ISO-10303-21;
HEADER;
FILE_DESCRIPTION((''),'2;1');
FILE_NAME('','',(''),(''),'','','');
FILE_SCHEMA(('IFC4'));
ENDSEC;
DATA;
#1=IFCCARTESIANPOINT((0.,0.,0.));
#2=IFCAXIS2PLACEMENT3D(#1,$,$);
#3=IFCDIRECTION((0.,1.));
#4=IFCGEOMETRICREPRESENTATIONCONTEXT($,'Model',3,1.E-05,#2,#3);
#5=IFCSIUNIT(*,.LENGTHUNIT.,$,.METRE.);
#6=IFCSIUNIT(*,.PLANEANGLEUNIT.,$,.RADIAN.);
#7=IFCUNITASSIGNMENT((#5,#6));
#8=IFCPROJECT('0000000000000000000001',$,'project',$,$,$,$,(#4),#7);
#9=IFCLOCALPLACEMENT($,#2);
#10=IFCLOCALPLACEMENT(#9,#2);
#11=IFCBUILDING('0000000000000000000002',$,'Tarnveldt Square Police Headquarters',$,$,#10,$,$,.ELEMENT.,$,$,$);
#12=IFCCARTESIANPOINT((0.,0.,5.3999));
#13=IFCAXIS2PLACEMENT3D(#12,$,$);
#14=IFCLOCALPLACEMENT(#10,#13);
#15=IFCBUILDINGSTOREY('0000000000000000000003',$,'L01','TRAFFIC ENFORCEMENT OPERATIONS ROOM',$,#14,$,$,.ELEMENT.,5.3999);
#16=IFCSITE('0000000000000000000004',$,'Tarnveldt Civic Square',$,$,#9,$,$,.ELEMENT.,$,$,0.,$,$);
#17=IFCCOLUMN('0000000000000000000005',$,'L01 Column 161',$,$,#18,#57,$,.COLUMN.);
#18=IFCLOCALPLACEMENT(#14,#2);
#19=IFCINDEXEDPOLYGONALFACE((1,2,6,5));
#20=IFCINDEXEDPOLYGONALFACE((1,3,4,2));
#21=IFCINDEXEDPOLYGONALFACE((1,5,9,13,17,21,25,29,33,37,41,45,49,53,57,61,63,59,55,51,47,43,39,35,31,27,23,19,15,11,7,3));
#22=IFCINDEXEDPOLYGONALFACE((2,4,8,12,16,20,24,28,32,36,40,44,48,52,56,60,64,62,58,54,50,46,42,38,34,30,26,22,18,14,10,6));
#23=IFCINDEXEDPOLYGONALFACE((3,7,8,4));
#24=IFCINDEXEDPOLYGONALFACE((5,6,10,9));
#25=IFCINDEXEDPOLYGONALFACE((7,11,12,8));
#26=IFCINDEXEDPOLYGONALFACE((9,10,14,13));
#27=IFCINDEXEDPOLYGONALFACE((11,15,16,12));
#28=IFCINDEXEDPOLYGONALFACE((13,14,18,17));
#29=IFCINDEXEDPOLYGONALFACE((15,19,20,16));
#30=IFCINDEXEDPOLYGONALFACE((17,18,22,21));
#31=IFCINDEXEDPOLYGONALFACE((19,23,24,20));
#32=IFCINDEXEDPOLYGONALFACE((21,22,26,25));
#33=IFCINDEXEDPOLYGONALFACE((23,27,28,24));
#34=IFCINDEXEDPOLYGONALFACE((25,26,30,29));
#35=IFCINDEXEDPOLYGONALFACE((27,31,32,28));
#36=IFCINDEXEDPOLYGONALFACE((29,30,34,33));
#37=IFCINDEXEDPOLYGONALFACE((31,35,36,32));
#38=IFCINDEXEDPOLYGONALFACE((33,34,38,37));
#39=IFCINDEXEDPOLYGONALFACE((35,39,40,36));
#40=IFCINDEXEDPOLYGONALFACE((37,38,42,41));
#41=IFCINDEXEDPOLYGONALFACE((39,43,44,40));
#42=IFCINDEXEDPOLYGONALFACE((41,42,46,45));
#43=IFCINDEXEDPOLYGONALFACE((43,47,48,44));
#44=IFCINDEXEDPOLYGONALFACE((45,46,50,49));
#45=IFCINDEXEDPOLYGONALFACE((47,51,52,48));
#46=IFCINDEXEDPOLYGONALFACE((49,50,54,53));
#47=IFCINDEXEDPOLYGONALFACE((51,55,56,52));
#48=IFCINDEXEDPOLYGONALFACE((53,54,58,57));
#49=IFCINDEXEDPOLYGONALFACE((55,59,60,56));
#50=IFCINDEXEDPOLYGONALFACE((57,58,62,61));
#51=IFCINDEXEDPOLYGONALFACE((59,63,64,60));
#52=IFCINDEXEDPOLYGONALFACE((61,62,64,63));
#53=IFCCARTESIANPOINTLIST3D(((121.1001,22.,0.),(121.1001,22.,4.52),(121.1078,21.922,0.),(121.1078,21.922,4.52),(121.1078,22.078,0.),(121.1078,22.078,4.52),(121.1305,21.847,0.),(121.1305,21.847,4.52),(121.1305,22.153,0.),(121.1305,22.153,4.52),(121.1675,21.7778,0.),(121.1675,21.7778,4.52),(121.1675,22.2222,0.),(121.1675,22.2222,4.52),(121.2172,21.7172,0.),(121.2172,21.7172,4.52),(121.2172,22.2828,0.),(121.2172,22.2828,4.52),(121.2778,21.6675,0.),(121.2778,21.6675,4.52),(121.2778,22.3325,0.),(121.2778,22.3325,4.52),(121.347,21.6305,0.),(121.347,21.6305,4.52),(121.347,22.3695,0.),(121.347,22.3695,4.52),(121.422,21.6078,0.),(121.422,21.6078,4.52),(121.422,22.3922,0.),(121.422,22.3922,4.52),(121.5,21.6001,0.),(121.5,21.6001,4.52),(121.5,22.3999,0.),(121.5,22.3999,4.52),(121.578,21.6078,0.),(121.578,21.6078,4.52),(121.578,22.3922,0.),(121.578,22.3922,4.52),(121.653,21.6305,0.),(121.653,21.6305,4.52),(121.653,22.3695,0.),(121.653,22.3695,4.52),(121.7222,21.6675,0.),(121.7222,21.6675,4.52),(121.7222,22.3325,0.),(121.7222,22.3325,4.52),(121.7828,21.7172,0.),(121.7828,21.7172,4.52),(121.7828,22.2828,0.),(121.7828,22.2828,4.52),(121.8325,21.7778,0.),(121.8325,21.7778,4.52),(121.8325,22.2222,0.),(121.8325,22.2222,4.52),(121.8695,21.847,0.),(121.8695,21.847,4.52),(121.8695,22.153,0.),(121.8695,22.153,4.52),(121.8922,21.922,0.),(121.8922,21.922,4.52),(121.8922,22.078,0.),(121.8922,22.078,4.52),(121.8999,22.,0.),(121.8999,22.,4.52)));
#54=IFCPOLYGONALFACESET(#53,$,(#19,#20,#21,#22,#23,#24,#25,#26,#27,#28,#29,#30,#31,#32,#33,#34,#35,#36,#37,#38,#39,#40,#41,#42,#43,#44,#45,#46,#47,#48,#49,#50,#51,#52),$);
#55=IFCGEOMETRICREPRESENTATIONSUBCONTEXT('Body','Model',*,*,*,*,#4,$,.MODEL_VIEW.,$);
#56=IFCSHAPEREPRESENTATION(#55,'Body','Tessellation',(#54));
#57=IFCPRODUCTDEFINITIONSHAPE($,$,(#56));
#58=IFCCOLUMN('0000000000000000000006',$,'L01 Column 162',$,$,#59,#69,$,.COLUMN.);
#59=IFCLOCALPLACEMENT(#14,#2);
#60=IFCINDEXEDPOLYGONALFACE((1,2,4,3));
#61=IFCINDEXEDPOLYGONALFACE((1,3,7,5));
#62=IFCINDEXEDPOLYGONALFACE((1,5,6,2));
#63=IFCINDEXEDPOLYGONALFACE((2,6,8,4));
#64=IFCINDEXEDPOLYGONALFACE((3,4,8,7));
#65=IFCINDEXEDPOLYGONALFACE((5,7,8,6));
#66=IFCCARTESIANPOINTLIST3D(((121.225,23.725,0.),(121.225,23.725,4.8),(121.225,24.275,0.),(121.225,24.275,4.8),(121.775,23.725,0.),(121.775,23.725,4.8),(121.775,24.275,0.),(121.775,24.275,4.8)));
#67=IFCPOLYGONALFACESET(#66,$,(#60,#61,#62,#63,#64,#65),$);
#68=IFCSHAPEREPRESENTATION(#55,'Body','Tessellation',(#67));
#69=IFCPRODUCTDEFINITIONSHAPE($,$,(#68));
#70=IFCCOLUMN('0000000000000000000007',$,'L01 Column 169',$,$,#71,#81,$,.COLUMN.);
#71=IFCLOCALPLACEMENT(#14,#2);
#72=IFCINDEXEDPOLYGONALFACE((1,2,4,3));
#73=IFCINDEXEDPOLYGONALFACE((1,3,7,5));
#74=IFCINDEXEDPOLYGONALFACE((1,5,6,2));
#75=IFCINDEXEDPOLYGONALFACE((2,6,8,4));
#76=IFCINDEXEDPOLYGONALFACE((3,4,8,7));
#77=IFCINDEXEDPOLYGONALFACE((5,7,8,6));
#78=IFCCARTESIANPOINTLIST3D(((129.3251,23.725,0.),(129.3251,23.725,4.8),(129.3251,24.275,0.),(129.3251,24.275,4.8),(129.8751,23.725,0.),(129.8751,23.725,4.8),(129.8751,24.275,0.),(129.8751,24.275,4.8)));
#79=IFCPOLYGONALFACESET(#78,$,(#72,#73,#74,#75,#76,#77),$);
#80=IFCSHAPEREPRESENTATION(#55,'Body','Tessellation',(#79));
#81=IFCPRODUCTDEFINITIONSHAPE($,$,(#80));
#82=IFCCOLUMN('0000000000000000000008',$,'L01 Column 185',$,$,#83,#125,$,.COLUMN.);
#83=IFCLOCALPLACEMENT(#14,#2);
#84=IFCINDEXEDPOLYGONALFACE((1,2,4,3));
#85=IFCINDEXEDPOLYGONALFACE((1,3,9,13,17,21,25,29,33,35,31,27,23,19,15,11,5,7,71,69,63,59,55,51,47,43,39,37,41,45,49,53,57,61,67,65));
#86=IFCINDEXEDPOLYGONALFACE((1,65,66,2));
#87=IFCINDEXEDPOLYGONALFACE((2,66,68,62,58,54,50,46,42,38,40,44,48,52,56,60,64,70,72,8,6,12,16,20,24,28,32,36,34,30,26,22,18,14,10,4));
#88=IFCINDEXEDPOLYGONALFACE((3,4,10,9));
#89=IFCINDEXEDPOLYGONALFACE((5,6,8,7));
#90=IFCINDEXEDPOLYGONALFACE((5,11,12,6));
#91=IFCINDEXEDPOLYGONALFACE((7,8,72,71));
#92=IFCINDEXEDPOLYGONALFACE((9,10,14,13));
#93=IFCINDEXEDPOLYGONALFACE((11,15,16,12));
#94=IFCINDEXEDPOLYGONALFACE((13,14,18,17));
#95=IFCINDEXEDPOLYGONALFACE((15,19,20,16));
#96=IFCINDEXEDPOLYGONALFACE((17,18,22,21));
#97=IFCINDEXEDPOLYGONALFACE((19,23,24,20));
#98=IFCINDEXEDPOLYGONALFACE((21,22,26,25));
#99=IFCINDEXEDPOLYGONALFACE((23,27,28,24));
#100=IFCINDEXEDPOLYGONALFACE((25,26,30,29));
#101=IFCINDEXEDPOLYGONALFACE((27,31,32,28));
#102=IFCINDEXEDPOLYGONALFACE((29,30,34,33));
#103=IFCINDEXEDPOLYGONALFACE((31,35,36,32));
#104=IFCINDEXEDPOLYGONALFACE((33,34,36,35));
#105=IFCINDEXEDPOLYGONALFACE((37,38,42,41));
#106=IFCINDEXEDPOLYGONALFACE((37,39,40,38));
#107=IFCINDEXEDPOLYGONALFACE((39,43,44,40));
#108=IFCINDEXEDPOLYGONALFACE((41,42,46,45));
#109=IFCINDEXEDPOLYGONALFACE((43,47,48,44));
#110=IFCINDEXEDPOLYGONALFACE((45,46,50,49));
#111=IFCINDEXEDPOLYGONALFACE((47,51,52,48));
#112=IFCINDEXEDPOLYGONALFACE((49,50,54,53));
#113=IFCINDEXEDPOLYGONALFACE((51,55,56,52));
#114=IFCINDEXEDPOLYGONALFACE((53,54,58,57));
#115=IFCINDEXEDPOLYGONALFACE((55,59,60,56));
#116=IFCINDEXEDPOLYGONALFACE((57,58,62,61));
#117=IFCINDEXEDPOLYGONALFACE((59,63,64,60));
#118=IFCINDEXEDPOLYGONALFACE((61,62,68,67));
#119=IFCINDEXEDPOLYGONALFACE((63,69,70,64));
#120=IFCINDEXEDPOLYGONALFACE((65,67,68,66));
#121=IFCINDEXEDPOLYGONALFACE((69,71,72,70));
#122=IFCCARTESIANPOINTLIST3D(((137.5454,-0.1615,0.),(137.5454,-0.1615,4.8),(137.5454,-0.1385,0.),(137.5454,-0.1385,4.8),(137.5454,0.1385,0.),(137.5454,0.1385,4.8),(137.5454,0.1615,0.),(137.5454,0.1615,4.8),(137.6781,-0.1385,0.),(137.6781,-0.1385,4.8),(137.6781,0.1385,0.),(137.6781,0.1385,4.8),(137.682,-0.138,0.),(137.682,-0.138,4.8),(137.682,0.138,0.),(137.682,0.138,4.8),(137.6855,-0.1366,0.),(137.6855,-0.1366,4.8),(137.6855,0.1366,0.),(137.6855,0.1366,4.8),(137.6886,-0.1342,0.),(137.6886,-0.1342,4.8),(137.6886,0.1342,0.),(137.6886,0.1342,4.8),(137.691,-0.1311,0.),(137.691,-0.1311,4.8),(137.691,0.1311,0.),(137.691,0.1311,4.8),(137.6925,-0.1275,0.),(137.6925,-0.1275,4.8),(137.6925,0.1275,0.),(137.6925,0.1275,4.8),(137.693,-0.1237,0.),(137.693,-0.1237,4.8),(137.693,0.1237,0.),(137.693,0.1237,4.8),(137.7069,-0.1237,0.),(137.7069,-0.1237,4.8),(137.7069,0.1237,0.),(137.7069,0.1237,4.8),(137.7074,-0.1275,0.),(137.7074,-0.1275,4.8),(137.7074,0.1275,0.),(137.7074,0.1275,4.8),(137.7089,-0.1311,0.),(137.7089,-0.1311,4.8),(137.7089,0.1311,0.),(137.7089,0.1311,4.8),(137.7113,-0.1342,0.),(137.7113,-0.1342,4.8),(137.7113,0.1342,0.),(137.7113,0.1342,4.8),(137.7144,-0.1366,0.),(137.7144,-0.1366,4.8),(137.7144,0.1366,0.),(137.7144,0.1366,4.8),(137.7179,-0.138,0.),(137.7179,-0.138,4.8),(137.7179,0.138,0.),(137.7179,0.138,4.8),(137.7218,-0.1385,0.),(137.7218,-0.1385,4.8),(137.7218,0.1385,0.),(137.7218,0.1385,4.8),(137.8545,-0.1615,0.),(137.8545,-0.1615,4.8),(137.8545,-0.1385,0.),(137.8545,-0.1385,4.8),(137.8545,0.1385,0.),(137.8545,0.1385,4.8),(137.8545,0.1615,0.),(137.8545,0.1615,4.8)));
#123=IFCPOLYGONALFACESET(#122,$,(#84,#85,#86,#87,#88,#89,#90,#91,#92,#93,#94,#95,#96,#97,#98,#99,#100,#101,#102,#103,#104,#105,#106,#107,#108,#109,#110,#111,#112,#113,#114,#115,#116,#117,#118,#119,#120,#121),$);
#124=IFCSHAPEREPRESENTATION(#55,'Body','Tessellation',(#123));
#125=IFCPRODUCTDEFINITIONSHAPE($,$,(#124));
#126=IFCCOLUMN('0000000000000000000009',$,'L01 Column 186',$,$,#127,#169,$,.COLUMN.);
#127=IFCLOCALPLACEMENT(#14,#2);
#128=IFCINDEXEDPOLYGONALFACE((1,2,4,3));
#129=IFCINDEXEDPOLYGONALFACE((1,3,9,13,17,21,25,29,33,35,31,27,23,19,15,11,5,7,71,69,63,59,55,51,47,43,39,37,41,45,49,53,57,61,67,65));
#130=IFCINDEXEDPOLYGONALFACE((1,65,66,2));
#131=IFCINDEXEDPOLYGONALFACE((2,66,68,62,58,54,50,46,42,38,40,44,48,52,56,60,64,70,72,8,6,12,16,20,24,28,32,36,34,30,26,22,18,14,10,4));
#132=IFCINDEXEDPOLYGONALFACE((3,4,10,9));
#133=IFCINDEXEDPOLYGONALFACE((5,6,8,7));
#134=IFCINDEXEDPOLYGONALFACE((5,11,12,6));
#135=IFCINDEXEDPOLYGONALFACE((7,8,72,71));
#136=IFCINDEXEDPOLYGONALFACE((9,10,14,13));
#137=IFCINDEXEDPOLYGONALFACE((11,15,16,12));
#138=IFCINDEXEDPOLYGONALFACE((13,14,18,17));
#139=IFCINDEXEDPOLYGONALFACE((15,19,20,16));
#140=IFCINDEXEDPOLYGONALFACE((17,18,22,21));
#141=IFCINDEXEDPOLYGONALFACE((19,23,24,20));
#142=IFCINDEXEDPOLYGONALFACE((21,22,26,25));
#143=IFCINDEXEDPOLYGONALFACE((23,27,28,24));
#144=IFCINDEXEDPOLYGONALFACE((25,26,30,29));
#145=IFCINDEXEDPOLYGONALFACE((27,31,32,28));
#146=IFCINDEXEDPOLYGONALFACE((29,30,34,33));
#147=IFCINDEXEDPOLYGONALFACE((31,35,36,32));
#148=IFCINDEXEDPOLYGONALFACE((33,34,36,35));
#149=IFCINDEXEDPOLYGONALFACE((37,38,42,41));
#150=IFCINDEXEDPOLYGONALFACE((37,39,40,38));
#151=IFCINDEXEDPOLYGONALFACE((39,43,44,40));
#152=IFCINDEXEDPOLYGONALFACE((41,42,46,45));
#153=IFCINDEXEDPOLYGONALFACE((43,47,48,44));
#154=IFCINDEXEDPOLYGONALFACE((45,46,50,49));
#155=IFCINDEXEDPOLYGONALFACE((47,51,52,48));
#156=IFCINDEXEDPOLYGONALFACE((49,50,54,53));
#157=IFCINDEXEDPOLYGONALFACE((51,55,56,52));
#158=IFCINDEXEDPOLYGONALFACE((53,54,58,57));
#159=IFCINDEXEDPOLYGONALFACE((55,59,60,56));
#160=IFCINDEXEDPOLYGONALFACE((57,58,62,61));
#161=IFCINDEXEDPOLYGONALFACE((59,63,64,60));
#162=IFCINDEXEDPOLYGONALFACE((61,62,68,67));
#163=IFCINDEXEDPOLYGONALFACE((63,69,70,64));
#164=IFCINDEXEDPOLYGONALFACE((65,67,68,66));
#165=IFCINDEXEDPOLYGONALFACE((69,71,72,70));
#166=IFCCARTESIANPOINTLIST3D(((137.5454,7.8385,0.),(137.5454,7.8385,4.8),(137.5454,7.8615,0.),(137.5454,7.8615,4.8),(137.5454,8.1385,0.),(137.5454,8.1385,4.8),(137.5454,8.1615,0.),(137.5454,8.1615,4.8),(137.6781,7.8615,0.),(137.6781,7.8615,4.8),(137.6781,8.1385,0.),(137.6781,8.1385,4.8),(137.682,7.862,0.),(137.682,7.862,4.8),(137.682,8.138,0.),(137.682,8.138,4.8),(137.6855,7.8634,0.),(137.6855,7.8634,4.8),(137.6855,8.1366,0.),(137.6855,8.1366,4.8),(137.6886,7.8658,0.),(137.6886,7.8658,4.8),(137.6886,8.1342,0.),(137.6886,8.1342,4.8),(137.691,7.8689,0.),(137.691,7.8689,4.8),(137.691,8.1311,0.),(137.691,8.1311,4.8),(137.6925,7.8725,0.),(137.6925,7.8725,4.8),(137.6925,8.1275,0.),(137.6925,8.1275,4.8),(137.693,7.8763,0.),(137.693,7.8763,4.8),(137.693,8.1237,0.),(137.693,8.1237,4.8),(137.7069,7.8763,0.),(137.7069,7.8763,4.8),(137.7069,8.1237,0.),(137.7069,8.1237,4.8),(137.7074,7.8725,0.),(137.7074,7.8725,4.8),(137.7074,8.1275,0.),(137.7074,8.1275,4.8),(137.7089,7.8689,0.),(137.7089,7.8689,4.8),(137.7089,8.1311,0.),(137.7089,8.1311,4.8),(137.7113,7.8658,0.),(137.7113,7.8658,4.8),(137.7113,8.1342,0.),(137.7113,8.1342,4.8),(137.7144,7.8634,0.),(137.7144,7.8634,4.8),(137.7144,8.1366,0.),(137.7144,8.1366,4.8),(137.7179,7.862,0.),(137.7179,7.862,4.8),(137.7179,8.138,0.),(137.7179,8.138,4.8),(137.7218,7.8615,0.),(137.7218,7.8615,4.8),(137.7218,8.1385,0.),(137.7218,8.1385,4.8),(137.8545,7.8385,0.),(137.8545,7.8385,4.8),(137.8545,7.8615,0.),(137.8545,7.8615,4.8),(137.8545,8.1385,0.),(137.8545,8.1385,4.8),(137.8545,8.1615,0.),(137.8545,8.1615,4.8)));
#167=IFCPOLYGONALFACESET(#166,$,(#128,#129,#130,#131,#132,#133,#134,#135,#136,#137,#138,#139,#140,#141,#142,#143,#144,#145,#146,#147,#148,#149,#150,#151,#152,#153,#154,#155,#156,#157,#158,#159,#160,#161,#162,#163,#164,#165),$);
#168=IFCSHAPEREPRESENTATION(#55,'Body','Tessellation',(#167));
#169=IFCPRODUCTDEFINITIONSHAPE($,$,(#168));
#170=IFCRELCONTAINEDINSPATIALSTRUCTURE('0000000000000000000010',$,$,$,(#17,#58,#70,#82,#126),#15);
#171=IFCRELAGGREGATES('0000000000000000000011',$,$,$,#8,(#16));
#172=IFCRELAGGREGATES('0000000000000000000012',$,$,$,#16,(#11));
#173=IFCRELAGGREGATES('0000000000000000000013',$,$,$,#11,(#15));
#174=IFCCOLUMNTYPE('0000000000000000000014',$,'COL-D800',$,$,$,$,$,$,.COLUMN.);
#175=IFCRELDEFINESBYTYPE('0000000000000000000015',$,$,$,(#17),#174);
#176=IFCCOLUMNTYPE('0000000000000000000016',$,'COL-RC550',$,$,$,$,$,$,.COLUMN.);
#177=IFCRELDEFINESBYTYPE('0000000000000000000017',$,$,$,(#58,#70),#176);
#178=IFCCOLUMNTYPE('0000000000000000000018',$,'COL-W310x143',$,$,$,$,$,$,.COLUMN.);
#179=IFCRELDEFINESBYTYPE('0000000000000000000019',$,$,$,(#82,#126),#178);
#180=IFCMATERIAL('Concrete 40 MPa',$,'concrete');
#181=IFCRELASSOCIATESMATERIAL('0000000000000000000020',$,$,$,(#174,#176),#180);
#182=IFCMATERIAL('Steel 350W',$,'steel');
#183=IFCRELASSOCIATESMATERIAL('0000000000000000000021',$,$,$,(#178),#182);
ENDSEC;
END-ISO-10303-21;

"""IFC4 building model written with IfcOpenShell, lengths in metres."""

from ifc_helpers import new_model, si_unit, direction, frame, origin, origin_2d, place, context, subcontext, project, spatial, rectangle, circle, i_section, extrude, material, material_profile, profile_set, type_object, element, save


model = new_model("IFC4")

# Units and contexts
model_context = context("Model", 3, precision=1e-05, world=origin(), true_north=direction((0.0, 1.0)))
body_context = subcontext(model_context, "Body", "Model", "MODEL_VIEW")
ifc_project = project(units=[si_unit("LENGTHUNIT", "METRE"), si_unit("PLANEANGLEUNIT", "RADIAN")], contexts=[model_context])

# Site, building, storey
site_placement = place(None, origin())
site = spatial("IfcSite", under=ifc_project, at=site_placement, Name="Tarnveldt Civic Square", CompositionType="ELEMENT", RefElevation=0.0)
building_placement = place(site_placement, origin())
building = spatial("IfcBuilding", under=site, at=building_placement, Name="Tarnveldt Square Police Headquarters", CompositionType="ELEMENT")
storey_placement = place(building_placement, frame((0.0, 0.0, 5.3999)))
storey = spatial("IfcBuildingStorey", under=building, at=storey_placement, Name="L01", Description="TRAFFIC ENFORCEMENT OPERATIONS ROOM", CompositionType="ELEMENT", Elevation=5.3999)

# Columns
ifc_material_1 = material(Name="Concrete 40 MPa", Category="concrete")
ifc_material_profile_1 = material_profile(ifc_material_1, circle(Radius=0.3999, at=origin_2d()), Name="RC-D800")
ifc_profile_set_1 = profile_set([ifc_material_profile_1], Name="Concrete 40 MPa")
column_type_1 = type_object("IfcColumnType", Name="COL-D800", PredefinedType="COLUMN", material=ifc_profile_set_1)
column_placement = place(storey_placement, frame((121.5, 22.0, 0.0), z_axis=(0.0, 0.0, 1.0), x_axis=(1.0, 0.0, 0.0)))
element("IfcColumn", 1, at=column_placement, inside=storey, type_object=column_type_1, Name="L01 Column 161", PredefinedType="COLUMN", context=body_context, shape_type="SweptSolid", body=[
    extrude(circle(Radius=0.3999, at=origin_2d()), origin(), (0.0, 0.0, 1.0), 4.52),
])
ifc_material_profile_2 = material_profile(ifc_material_1, rectangle(XDim=0.55, YDim=0.55, at=origin_2d()), Name="RC-C550x550")
ifc_profile_set_2 = profile_set([ifc_material_profile_2], Name="Concrete 40 MPa")
column_type_2 = type_object("IfcColumnType", Name="COL-RC550", PredefinedType="COLUMN", material=ifc_profile_set_2)
for number, where, z_axis, x_axis, name in (
    (2, (121.5, 24.0, 0.0), (0.0, 0.0, 1.0), (1.0, 0.0, 0.0), "L01 Column 162"),
    (3, (129.6001, 24.0, 0.0), (0.0, 0.0, 1.0), (1.0, 0.0, 0.0), "L01 Column 169"),
):
    element("IfcColumn", number, at=place(storey_placement, frame(where, z_axis=z_axis, x_axis=x_axis)), inside=storey, type_object=column_type_2, Name=name, PredefinedType="COLUMN", context=body_context, shape_type="SweptSolid", body=[
        extrude(rectangle(XDim=0.55, YDim=0.55, at=origin_2d()), origin(), (0.0, 0.0, 1.0), 4.8),
    ])
ifc_material_2 = material(Name="Steel 350W", Category="steel")
ifc_material_profile_3 = material_profile(ifc_material_2, i_section(OverallWidth=0.3091, OverallDepth=0.323, WebThickness=0.0139, FlangeThickness=0.0229, FilletRadius=0.0149, at=origin_2d()), Name="W310x143")
ifc_profile_set_3 = profile_set([ifc_material_profile_3], Name="Steel 350W")
column_type_3 = type_object("IfcColumnType", Name="COL-W310x143", PredefinedType="COLUMN", material=ifc_profile_set_3)
for number, where, z_axis, x_axis, name in (
    (4, (137.7, 0.0, 0.0), (0.0, 0.0, 1.0), (1.0, 0.0, 0.0), "L01 Column 185"),
    (5, (137.7, 8.0, 0.0), (0.0, 0.0, 1.0), (1.0, 0.0, 0.0), "L01 Column 186"),
):
    element("IfcColumn", number, at=place(storey_placement, frame(where, z_axis=z_axis, x_axis=x_axis)), inside=storey, type_object=column_type_3, Name=name, PredefinedType="COLUMN", context=body_context, shape_type="SweptSolid", body=[
        extrude(i_section(OverallWidth=0.3091, OverallDepth=0.323, WebThickness=0.0139, FlangeThickness=0.0229, FilletRadius=0.0149, at=origin_2d()), origin(), (0.0, 0.0, 1.0), 4.8),
    ])

save(model, "model.ifc")
